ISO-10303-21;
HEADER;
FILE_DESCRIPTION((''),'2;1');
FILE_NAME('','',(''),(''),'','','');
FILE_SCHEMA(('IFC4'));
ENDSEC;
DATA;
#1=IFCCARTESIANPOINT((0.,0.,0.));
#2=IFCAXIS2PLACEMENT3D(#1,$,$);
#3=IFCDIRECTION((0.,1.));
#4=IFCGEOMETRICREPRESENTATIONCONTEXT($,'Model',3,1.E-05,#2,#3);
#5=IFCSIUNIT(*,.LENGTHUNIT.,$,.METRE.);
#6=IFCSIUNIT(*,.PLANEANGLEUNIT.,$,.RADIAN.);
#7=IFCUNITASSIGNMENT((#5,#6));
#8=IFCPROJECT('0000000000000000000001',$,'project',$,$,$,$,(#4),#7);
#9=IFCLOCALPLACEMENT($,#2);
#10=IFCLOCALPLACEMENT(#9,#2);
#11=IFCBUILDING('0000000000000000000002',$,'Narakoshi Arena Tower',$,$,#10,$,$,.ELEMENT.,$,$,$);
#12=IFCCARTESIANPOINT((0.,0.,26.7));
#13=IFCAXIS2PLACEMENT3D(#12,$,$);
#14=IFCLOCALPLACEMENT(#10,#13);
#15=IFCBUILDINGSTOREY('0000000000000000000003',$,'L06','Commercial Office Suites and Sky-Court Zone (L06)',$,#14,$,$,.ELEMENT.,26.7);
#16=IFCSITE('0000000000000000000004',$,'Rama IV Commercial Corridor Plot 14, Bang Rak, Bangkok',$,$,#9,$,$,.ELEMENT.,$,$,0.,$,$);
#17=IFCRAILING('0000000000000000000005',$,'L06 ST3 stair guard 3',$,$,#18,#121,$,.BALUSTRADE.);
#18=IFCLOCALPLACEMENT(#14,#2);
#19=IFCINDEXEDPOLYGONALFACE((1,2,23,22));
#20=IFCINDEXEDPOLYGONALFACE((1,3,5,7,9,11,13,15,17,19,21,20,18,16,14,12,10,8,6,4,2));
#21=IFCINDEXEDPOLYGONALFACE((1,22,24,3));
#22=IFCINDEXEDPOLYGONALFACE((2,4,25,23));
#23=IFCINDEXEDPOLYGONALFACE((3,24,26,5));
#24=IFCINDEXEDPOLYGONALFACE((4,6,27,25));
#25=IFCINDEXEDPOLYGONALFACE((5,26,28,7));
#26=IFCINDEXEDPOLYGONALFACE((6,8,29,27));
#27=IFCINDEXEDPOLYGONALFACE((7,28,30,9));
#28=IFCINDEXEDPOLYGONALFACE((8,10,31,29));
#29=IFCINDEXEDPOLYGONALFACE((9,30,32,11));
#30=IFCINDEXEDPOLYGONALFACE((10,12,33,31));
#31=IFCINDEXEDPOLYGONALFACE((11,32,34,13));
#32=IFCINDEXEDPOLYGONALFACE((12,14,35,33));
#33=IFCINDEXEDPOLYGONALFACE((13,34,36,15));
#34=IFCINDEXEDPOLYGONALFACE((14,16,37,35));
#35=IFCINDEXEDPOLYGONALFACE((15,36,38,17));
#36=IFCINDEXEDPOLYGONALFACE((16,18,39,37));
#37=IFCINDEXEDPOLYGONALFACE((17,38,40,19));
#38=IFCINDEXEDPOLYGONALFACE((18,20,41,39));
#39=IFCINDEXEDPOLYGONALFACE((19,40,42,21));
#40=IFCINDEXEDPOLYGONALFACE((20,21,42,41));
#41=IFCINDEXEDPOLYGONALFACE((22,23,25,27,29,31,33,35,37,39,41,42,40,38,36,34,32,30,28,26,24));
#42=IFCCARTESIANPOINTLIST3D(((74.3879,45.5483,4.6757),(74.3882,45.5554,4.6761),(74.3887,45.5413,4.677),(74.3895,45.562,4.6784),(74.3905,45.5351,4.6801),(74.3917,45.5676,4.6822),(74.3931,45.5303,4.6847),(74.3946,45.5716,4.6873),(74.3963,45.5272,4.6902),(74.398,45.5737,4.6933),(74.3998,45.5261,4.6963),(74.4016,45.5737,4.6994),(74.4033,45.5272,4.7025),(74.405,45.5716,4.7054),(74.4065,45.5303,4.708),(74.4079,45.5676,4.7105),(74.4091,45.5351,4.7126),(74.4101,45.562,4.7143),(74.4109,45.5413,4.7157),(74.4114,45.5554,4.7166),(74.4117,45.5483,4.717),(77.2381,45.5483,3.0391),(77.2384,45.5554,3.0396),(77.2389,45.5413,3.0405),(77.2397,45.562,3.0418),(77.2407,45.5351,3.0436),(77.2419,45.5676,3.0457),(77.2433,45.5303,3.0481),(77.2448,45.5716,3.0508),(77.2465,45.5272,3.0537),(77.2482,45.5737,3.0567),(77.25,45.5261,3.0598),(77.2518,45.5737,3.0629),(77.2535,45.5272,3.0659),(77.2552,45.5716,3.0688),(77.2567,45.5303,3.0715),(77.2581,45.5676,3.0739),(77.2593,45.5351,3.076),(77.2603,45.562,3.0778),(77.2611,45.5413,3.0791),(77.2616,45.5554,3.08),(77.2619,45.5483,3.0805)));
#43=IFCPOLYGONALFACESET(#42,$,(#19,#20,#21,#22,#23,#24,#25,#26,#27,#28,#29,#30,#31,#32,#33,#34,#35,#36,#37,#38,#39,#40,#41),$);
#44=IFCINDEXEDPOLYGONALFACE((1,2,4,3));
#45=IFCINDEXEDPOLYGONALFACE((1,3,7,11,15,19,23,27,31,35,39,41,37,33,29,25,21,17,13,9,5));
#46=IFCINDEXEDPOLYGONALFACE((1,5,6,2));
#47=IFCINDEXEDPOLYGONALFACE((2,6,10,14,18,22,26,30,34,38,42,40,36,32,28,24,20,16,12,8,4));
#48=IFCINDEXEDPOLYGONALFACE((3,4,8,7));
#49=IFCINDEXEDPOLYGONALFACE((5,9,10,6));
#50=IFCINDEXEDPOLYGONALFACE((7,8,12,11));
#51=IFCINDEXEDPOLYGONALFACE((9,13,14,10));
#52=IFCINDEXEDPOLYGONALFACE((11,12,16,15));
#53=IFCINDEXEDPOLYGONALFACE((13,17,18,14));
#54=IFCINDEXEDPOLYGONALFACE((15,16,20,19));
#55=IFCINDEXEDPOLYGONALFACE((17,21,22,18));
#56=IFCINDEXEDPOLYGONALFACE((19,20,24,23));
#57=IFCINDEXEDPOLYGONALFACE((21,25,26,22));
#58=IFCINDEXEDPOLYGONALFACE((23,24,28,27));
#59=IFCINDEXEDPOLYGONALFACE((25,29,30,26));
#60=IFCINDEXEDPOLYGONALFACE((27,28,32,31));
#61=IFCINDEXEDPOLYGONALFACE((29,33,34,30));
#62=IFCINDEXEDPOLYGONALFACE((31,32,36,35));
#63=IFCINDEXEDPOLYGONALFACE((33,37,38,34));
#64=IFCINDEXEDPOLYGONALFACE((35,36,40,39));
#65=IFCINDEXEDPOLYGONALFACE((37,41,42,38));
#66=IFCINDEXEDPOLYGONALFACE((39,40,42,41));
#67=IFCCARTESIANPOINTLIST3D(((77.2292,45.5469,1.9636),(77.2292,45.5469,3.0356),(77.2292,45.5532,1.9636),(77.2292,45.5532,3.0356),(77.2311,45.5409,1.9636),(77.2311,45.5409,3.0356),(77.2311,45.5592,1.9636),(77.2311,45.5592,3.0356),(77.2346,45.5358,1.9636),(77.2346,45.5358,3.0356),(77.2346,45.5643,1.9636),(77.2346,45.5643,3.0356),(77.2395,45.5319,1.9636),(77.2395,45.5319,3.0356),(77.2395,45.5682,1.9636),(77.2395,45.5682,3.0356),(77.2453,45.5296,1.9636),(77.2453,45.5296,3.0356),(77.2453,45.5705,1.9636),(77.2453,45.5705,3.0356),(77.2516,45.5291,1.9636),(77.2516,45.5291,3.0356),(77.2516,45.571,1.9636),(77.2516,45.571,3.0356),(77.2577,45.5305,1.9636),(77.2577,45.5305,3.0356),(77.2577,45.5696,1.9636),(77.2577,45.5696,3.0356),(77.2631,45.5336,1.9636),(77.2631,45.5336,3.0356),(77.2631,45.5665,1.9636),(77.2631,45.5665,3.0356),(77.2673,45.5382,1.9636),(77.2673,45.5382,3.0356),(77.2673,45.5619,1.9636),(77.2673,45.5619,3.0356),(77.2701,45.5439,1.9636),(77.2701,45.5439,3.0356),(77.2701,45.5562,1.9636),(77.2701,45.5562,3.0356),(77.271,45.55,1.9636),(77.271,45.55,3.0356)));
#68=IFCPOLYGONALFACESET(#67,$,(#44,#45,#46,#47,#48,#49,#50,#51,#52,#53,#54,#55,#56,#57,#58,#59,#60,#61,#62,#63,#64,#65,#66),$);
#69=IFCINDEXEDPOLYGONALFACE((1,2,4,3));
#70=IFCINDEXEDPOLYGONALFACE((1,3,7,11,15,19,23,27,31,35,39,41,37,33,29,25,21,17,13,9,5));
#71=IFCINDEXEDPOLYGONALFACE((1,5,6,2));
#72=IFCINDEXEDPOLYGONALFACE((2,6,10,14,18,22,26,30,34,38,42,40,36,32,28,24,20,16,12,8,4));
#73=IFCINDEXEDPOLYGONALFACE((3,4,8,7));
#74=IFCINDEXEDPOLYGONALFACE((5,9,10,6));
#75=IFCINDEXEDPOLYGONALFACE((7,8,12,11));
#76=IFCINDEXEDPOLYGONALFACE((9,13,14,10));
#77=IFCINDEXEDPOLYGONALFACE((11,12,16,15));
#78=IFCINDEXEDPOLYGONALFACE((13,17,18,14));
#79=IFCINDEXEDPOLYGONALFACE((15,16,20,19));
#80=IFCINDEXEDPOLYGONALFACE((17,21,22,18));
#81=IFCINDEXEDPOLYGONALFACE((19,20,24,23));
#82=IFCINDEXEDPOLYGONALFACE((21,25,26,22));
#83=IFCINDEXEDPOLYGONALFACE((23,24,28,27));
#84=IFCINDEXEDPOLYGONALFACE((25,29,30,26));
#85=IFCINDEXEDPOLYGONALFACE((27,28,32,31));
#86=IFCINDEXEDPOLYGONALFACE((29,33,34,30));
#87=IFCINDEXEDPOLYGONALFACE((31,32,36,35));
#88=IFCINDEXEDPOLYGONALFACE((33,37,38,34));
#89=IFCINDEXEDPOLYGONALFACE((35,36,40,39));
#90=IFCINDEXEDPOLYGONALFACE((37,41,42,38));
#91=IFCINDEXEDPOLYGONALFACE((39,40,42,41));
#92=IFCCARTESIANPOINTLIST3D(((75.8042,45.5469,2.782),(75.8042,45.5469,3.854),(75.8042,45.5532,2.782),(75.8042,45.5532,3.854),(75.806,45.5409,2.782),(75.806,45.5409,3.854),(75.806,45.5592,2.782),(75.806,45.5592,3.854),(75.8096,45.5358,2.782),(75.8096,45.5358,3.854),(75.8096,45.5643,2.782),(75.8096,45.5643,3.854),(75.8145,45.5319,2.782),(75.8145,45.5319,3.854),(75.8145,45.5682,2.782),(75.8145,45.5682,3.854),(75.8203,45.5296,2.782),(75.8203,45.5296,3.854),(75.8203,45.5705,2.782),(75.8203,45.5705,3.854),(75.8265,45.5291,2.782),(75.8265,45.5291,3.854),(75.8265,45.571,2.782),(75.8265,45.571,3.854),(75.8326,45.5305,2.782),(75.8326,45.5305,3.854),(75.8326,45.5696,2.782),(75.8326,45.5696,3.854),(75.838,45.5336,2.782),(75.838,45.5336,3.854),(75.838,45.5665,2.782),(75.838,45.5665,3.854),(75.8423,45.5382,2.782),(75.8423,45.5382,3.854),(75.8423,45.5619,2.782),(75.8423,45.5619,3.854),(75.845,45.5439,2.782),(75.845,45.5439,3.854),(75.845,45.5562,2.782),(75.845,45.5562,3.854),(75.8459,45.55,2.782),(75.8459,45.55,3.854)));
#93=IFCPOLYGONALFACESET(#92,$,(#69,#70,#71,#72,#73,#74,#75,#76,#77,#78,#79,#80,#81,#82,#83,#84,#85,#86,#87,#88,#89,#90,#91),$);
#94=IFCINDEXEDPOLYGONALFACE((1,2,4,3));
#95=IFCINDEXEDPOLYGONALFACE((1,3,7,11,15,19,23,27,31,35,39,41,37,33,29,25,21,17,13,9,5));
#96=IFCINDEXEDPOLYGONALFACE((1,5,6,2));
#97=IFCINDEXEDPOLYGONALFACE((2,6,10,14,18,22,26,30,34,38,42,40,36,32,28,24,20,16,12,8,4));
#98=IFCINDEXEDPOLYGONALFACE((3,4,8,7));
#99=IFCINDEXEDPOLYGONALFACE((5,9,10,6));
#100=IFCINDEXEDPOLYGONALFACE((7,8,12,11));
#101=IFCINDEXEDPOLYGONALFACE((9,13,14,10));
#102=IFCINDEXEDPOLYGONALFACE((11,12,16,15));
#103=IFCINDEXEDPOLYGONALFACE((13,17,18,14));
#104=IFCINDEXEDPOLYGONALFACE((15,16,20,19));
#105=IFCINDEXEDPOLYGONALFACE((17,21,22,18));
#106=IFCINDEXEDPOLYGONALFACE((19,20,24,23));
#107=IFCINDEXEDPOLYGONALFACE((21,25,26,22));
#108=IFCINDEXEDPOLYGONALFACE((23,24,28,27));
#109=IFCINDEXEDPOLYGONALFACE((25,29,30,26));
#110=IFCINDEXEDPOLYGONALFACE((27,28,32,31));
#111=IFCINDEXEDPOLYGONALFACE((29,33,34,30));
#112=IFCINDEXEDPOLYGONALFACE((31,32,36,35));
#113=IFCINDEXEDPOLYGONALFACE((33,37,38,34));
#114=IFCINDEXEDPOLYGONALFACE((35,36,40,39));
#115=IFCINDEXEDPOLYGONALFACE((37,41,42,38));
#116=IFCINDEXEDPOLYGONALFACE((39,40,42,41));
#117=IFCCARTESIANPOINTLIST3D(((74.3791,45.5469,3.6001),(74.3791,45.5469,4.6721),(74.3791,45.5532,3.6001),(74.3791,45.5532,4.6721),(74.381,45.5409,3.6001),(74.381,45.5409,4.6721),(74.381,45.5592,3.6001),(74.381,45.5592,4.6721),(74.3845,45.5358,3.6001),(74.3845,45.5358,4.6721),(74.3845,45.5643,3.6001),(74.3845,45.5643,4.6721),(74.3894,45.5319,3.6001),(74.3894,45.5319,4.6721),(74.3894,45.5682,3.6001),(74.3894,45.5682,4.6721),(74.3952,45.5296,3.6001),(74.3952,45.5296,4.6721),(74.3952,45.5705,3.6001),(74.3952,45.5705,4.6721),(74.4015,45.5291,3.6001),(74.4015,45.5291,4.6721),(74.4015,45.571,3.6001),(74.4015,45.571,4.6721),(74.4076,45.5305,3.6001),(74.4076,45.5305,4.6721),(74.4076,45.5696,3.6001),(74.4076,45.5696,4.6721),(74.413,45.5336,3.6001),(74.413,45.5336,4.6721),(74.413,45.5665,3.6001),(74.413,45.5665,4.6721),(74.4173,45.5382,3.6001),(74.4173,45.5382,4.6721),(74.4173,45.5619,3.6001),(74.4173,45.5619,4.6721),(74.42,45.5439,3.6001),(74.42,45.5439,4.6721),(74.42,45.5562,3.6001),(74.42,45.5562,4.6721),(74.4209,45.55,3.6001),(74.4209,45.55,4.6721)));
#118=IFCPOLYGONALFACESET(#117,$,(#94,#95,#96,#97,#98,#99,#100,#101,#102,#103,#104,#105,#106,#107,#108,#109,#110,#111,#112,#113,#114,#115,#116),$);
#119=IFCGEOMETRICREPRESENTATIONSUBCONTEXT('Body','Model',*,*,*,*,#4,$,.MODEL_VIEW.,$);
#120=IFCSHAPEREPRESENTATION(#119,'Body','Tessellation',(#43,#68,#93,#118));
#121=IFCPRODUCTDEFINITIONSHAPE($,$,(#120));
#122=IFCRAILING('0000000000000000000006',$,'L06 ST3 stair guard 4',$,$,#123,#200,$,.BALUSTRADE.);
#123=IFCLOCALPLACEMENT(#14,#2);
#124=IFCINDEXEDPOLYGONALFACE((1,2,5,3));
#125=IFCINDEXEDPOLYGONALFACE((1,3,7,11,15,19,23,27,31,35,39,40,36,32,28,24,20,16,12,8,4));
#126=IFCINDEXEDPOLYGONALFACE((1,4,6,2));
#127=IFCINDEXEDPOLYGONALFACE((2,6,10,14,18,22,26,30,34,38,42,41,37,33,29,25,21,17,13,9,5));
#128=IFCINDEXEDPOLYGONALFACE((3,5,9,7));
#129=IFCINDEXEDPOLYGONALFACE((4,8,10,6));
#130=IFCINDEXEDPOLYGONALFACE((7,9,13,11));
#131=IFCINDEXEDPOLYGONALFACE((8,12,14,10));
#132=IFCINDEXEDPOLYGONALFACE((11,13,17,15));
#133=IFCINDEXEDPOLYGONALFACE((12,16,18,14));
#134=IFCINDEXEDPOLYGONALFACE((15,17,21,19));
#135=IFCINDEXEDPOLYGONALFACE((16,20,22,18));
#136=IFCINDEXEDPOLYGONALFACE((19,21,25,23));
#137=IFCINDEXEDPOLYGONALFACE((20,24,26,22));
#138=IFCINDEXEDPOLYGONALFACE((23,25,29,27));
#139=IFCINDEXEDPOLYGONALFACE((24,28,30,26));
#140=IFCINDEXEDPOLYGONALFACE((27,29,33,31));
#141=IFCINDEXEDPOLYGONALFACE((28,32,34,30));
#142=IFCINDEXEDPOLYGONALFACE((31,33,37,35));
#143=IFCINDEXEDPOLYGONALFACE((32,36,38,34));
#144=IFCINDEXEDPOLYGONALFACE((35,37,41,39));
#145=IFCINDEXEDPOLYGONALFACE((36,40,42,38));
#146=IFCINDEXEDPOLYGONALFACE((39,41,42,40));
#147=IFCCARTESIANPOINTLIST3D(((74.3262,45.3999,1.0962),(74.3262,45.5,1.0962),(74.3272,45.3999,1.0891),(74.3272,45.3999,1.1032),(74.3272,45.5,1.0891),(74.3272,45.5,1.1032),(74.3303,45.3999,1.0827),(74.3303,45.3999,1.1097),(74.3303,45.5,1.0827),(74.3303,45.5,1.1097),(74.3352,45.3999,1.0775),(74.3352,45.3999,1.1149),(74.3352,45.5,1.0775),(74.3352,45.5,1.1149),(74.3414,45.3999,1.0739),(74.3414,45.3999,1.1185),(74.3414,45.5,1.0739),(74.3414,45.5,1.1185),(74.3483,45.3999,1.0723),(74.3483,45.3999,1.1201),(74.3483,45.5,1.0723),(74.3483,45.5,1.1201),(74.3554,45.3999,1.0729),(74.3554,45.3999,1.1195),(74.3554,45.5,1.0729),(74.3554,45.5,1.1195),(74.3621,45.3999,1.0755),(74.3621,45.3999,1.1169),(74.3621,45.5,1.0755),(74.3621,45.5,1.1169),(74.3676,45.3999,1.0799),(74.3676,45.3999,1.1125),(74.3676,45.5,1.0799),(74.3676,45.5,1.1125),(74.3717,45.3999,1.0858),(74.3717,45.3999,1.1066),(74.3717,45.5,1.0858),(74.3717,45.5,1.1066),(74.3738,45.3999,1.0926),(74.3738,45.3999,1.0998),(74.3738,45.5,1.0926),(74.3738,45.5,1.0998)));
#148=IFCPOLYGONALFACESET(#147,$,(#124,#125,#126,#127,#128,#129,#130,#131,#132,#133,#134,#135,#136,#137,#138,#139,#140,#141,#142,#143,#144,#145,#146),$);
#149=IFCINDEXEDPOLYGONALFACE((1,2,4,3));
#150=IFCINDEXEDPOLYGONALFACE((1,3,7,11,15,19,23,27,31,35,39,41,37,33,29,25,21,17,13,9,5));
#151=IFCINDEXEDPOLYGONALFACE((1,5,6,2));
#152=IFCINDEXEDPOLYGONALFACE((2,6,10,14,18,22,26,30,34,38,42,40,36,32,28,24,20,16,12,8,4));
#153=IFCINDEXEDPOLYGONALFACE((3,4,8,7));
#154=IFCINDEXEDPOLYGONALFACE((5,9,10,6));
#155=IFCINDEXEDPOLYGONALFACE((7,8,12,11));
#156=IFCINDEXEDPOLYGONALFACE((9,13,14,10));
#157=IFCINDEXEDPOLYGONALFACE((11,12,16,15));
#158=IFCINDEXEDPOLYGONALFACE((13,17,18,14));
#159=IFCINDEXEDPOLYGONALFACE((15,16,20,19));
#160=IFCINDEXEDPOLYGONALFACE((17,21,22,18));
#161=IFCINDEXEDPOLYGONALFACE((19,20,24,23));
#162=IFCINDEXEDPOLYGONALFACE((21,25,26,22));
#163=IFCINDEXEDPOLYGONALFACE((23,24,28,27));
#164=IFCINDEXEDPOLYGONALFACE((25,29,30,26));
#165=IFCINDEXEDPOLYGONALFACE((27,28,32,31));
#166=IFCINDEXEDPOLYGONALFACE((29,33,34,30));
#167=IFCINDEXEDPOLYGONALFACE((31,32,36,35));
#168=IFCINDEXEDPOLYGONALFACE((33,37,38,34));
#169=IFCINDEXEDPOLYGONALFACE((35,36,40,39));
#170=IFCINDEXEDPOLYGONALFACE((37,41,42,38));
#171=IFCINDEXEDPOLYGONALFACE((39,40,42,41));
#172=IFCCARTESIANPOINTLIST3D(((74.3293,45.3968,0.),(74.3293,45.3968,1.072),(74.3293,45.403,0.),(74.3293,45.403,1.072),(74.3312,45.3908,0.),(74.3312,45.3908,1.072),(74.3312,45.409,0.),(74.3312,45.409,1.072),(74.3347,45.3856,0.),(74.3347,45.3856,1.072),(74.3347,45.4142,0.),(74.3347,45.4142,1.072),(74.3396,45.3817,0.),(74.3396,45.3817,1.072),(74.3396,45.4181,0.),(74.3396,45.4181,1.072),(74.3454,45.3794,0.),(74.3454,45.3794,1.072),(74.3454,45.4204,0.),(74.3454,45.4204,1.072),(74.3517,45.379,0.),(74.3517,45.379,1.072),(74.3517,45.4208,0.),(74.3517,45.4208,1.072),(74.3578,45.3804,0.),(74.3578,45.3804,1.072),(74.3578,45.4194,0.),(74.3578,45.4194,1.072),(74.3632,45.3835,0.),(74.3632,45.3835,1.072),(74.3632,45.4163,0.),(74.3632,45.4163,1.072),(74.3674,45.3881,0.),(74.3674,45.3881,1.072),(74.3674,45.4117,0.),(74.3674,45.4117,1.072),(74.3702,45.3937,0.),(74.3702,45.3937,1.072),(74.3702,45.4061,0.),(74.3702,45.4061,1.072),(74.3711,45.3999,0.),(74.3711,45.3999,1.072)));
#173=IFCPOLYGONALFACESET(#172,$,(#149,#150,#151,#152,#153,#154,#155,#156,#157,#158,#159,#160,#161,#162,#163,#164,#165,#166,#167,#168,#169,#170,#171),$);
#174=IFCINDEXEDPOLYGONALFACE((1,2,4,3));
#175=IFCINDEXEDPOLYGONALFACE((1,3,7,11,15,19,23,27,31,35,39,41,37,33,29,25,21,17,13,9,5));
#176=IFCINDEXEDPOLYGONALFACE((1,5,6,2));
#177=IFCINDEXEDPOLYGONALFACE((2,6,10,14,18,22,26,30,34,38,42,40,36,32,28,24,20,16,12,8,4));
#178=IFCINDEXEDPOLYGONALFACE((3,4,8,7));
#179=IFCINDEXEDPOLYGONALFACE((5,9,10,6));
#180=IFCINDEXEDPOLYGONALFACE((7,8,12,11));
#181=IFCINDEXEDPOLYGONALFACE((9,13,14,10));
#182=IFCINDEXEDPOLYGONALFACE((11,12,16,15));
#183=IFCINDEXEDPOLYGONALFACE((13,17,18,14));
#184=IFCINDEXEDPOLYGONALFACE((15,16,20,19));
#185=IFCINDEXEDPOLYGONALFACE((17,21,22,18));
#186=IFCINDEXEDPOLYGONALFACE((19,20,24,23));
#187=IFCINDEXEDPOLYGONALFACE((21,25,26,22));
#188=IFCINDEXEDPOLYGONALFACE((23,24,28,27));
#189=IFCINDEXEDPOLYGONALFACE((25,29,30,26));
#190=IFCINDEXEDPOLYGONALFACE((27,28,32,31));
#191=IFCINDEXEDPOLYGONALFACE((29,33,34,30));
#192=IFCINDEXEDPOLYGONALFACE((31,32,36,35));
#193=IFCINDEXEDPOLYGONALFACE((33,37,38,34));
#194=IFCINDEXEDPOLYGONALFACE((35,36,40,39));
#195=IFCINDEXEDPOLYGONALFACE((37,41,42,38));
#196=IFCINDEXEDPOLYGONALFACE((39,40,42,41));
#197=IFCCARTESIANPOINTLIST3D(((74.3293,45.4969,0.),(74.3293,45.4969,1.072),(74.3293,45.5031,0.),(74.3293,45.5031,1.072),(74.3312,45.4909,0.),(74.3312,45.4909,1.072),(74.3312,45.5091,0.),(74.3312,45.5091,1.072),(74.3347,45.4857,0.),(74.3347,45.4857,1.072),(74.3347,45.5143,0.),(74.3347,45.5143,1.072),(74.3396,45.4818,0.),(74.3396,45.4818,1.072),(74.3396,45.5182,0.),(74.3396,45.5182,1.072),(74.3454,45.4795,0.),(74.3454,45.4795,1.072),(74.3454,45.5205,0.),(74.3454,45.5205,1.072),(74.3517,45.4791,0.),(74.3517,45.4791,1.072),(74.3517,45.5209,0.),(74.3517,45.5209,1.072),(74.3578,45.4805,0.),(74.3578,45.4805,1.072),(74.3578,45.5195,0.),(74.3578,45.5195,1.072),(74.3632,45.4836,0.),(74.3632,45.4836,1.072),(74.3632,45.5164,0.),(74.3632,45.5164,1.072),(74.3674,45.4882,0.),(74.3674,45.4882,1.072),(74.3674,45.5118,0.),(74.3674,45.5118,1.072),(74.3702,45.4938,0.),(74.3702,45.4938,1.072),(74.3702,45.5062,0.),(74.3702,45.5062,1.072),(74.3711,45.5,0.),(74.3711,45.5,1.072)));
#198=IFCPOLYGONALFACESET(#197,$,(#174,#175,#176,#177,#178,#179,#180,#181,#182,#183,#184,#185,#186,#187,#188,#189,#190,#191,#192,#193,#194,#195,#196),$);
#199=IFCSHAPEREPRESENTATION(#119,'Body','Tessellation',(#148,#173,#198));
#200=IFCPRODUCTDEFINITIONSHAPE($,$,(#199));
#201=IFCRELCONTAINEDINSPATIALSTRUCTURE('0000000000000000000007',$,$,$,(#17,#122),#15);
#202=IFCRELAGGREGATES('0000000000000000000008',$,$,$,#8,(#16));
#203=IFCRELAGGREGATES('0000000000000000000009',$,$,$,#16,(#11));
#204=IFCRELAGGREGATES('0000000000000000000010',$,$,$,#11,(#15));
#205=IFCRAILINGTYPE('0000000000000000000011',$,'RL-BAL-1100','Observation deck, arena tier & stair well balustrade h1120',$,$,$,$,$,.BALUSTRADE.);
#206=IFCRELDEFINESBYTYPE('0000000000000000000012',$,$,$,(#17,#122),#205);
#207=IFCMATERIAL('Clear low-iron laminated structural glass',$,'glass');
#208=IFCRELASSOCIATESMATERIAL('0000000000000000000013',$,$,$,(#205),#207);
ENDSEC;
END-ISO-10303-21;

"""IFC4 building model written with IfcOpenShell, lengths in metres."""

from ifc_helpers import new_model, si_unit, direction, frame, origin, origin_2d, place, context, subcontext, project, spatial, circle, extrude, material, type_object, element, save


model = new_model("IFC4")

# Units and contexts
model_context = context("Model", 3, precision=1e-05, world=origin(), true_north=direction((0.0, 1.0)))
body_context = subcontext(model_context, "Body", "Model", "MODEL_VIEW")
ifc_project = project(units=[si_unit("LENGTHUNIT", "METRE"), si_unit("PLANEANGLEUNIT", "RADIAN")], contexts=[model_context])

# Site, building, storey
site_placement = place(None, origin())
site = spatial("IfcSite", under=ifc_project, at=site_placement, Name="Rama IV Commercial Corridor Plot 14, Bang Rak, Bangkok", CompositionType="ELEMENT", RefElevation=0.0)
building_placement = place(site_placement, origin())
building = spatial("IfcBuilding", under=site, at=building_placement, Name="Narakoshi Arena Tower", CompositionType="ELEMENT")
storey_placement = place(building_placement, frame((0.0, 0.0, 26.7)))
storey = spatial("IfcBuildingStorey", under=building, at=storey_placement, Name="L06", Description="Commercial Office Suites and Sky-Court Zone (L06)", CompositionType="ELEMENT", Elevation=26.7)

# Railings
ifc_material_1 = material(Name="Clear low-iron laminated structural glass", Category="glass")
railing_type_1 = type_object("IfcRailingType", Name="RL-BAL-1100", Description="Observation deck, arena tier & stair well balustrade h1120", PredefinedType="BALUSTRADE", material=ifc_material_1)
railing_1_placement = place(storey_placement, frame((77.25, 45.55, 1.9636)))
element("IfcRailing", 1, at=railing_1_placement, inside=storey, type_object=railing_type_1, Name="L06 ST3 stair guard 3", PredefinedType="BALUSTRADE", context=body_context, shape_type="SweptSolid", body=[
    extrude(circle(Radius=0.0239, at=origin_2d()), frame((0.0, 0.0, 1.0962), z_axis=(-0.867213, 0.0, 0.497938), x_axis=(0.0, -1.0, 0.0)), (0.0, 0.0, 1.0), 3.2866),
    extrude(circle(Radius=0.021, at=origin_2d()), origin(), (0.0, 0.0, 1.0), 1.072),
    extrude(circle(Radius=0.021, at=origin_2d()), frame((-1.425, 0.0, 0.8184)), (0.0, 0.0, 1.0), 1.072),
    extrude(circle(Radius=0.021, at=origin_2d()), frame((-2.8501, 0.0, 1.6365)), (0.0, 0.0, 1.0), 1.072),
])
railing_2_placement = place(storey_placement, frame((74.3501, 45.3999, 0.0)))
element("IfcRailing", 2, at=railing_2_placement, inside=storey, type_object=railing_type_1, Name="L06 ST3 stair guard 4", PredefinedType="BALUSTRADE", context=body_context, shape_type="SweptSolid", body=[
    extrude(circle(Radius=0.0239, at=origin_2d()), frame((0.0, 0.0, 1.0962), z_axis=(0.0, 1.0, 0.0), x_axis=(-1.0, 0.0, 0.0)), (0.0, 0.0, 1.0), 0.1001),
    extrude(circle(Radius=0.021, at=origin_2d()), origin(), (0.0, 0.0, 1.0), 1.072),
    extrude(circle(Radius=0.021, at=origin_2d()), frame((0.0, 0.1001, 0.0)), (0.0, 0.0, 1.0), 1.072),
])

save(model, "model.ifc")
